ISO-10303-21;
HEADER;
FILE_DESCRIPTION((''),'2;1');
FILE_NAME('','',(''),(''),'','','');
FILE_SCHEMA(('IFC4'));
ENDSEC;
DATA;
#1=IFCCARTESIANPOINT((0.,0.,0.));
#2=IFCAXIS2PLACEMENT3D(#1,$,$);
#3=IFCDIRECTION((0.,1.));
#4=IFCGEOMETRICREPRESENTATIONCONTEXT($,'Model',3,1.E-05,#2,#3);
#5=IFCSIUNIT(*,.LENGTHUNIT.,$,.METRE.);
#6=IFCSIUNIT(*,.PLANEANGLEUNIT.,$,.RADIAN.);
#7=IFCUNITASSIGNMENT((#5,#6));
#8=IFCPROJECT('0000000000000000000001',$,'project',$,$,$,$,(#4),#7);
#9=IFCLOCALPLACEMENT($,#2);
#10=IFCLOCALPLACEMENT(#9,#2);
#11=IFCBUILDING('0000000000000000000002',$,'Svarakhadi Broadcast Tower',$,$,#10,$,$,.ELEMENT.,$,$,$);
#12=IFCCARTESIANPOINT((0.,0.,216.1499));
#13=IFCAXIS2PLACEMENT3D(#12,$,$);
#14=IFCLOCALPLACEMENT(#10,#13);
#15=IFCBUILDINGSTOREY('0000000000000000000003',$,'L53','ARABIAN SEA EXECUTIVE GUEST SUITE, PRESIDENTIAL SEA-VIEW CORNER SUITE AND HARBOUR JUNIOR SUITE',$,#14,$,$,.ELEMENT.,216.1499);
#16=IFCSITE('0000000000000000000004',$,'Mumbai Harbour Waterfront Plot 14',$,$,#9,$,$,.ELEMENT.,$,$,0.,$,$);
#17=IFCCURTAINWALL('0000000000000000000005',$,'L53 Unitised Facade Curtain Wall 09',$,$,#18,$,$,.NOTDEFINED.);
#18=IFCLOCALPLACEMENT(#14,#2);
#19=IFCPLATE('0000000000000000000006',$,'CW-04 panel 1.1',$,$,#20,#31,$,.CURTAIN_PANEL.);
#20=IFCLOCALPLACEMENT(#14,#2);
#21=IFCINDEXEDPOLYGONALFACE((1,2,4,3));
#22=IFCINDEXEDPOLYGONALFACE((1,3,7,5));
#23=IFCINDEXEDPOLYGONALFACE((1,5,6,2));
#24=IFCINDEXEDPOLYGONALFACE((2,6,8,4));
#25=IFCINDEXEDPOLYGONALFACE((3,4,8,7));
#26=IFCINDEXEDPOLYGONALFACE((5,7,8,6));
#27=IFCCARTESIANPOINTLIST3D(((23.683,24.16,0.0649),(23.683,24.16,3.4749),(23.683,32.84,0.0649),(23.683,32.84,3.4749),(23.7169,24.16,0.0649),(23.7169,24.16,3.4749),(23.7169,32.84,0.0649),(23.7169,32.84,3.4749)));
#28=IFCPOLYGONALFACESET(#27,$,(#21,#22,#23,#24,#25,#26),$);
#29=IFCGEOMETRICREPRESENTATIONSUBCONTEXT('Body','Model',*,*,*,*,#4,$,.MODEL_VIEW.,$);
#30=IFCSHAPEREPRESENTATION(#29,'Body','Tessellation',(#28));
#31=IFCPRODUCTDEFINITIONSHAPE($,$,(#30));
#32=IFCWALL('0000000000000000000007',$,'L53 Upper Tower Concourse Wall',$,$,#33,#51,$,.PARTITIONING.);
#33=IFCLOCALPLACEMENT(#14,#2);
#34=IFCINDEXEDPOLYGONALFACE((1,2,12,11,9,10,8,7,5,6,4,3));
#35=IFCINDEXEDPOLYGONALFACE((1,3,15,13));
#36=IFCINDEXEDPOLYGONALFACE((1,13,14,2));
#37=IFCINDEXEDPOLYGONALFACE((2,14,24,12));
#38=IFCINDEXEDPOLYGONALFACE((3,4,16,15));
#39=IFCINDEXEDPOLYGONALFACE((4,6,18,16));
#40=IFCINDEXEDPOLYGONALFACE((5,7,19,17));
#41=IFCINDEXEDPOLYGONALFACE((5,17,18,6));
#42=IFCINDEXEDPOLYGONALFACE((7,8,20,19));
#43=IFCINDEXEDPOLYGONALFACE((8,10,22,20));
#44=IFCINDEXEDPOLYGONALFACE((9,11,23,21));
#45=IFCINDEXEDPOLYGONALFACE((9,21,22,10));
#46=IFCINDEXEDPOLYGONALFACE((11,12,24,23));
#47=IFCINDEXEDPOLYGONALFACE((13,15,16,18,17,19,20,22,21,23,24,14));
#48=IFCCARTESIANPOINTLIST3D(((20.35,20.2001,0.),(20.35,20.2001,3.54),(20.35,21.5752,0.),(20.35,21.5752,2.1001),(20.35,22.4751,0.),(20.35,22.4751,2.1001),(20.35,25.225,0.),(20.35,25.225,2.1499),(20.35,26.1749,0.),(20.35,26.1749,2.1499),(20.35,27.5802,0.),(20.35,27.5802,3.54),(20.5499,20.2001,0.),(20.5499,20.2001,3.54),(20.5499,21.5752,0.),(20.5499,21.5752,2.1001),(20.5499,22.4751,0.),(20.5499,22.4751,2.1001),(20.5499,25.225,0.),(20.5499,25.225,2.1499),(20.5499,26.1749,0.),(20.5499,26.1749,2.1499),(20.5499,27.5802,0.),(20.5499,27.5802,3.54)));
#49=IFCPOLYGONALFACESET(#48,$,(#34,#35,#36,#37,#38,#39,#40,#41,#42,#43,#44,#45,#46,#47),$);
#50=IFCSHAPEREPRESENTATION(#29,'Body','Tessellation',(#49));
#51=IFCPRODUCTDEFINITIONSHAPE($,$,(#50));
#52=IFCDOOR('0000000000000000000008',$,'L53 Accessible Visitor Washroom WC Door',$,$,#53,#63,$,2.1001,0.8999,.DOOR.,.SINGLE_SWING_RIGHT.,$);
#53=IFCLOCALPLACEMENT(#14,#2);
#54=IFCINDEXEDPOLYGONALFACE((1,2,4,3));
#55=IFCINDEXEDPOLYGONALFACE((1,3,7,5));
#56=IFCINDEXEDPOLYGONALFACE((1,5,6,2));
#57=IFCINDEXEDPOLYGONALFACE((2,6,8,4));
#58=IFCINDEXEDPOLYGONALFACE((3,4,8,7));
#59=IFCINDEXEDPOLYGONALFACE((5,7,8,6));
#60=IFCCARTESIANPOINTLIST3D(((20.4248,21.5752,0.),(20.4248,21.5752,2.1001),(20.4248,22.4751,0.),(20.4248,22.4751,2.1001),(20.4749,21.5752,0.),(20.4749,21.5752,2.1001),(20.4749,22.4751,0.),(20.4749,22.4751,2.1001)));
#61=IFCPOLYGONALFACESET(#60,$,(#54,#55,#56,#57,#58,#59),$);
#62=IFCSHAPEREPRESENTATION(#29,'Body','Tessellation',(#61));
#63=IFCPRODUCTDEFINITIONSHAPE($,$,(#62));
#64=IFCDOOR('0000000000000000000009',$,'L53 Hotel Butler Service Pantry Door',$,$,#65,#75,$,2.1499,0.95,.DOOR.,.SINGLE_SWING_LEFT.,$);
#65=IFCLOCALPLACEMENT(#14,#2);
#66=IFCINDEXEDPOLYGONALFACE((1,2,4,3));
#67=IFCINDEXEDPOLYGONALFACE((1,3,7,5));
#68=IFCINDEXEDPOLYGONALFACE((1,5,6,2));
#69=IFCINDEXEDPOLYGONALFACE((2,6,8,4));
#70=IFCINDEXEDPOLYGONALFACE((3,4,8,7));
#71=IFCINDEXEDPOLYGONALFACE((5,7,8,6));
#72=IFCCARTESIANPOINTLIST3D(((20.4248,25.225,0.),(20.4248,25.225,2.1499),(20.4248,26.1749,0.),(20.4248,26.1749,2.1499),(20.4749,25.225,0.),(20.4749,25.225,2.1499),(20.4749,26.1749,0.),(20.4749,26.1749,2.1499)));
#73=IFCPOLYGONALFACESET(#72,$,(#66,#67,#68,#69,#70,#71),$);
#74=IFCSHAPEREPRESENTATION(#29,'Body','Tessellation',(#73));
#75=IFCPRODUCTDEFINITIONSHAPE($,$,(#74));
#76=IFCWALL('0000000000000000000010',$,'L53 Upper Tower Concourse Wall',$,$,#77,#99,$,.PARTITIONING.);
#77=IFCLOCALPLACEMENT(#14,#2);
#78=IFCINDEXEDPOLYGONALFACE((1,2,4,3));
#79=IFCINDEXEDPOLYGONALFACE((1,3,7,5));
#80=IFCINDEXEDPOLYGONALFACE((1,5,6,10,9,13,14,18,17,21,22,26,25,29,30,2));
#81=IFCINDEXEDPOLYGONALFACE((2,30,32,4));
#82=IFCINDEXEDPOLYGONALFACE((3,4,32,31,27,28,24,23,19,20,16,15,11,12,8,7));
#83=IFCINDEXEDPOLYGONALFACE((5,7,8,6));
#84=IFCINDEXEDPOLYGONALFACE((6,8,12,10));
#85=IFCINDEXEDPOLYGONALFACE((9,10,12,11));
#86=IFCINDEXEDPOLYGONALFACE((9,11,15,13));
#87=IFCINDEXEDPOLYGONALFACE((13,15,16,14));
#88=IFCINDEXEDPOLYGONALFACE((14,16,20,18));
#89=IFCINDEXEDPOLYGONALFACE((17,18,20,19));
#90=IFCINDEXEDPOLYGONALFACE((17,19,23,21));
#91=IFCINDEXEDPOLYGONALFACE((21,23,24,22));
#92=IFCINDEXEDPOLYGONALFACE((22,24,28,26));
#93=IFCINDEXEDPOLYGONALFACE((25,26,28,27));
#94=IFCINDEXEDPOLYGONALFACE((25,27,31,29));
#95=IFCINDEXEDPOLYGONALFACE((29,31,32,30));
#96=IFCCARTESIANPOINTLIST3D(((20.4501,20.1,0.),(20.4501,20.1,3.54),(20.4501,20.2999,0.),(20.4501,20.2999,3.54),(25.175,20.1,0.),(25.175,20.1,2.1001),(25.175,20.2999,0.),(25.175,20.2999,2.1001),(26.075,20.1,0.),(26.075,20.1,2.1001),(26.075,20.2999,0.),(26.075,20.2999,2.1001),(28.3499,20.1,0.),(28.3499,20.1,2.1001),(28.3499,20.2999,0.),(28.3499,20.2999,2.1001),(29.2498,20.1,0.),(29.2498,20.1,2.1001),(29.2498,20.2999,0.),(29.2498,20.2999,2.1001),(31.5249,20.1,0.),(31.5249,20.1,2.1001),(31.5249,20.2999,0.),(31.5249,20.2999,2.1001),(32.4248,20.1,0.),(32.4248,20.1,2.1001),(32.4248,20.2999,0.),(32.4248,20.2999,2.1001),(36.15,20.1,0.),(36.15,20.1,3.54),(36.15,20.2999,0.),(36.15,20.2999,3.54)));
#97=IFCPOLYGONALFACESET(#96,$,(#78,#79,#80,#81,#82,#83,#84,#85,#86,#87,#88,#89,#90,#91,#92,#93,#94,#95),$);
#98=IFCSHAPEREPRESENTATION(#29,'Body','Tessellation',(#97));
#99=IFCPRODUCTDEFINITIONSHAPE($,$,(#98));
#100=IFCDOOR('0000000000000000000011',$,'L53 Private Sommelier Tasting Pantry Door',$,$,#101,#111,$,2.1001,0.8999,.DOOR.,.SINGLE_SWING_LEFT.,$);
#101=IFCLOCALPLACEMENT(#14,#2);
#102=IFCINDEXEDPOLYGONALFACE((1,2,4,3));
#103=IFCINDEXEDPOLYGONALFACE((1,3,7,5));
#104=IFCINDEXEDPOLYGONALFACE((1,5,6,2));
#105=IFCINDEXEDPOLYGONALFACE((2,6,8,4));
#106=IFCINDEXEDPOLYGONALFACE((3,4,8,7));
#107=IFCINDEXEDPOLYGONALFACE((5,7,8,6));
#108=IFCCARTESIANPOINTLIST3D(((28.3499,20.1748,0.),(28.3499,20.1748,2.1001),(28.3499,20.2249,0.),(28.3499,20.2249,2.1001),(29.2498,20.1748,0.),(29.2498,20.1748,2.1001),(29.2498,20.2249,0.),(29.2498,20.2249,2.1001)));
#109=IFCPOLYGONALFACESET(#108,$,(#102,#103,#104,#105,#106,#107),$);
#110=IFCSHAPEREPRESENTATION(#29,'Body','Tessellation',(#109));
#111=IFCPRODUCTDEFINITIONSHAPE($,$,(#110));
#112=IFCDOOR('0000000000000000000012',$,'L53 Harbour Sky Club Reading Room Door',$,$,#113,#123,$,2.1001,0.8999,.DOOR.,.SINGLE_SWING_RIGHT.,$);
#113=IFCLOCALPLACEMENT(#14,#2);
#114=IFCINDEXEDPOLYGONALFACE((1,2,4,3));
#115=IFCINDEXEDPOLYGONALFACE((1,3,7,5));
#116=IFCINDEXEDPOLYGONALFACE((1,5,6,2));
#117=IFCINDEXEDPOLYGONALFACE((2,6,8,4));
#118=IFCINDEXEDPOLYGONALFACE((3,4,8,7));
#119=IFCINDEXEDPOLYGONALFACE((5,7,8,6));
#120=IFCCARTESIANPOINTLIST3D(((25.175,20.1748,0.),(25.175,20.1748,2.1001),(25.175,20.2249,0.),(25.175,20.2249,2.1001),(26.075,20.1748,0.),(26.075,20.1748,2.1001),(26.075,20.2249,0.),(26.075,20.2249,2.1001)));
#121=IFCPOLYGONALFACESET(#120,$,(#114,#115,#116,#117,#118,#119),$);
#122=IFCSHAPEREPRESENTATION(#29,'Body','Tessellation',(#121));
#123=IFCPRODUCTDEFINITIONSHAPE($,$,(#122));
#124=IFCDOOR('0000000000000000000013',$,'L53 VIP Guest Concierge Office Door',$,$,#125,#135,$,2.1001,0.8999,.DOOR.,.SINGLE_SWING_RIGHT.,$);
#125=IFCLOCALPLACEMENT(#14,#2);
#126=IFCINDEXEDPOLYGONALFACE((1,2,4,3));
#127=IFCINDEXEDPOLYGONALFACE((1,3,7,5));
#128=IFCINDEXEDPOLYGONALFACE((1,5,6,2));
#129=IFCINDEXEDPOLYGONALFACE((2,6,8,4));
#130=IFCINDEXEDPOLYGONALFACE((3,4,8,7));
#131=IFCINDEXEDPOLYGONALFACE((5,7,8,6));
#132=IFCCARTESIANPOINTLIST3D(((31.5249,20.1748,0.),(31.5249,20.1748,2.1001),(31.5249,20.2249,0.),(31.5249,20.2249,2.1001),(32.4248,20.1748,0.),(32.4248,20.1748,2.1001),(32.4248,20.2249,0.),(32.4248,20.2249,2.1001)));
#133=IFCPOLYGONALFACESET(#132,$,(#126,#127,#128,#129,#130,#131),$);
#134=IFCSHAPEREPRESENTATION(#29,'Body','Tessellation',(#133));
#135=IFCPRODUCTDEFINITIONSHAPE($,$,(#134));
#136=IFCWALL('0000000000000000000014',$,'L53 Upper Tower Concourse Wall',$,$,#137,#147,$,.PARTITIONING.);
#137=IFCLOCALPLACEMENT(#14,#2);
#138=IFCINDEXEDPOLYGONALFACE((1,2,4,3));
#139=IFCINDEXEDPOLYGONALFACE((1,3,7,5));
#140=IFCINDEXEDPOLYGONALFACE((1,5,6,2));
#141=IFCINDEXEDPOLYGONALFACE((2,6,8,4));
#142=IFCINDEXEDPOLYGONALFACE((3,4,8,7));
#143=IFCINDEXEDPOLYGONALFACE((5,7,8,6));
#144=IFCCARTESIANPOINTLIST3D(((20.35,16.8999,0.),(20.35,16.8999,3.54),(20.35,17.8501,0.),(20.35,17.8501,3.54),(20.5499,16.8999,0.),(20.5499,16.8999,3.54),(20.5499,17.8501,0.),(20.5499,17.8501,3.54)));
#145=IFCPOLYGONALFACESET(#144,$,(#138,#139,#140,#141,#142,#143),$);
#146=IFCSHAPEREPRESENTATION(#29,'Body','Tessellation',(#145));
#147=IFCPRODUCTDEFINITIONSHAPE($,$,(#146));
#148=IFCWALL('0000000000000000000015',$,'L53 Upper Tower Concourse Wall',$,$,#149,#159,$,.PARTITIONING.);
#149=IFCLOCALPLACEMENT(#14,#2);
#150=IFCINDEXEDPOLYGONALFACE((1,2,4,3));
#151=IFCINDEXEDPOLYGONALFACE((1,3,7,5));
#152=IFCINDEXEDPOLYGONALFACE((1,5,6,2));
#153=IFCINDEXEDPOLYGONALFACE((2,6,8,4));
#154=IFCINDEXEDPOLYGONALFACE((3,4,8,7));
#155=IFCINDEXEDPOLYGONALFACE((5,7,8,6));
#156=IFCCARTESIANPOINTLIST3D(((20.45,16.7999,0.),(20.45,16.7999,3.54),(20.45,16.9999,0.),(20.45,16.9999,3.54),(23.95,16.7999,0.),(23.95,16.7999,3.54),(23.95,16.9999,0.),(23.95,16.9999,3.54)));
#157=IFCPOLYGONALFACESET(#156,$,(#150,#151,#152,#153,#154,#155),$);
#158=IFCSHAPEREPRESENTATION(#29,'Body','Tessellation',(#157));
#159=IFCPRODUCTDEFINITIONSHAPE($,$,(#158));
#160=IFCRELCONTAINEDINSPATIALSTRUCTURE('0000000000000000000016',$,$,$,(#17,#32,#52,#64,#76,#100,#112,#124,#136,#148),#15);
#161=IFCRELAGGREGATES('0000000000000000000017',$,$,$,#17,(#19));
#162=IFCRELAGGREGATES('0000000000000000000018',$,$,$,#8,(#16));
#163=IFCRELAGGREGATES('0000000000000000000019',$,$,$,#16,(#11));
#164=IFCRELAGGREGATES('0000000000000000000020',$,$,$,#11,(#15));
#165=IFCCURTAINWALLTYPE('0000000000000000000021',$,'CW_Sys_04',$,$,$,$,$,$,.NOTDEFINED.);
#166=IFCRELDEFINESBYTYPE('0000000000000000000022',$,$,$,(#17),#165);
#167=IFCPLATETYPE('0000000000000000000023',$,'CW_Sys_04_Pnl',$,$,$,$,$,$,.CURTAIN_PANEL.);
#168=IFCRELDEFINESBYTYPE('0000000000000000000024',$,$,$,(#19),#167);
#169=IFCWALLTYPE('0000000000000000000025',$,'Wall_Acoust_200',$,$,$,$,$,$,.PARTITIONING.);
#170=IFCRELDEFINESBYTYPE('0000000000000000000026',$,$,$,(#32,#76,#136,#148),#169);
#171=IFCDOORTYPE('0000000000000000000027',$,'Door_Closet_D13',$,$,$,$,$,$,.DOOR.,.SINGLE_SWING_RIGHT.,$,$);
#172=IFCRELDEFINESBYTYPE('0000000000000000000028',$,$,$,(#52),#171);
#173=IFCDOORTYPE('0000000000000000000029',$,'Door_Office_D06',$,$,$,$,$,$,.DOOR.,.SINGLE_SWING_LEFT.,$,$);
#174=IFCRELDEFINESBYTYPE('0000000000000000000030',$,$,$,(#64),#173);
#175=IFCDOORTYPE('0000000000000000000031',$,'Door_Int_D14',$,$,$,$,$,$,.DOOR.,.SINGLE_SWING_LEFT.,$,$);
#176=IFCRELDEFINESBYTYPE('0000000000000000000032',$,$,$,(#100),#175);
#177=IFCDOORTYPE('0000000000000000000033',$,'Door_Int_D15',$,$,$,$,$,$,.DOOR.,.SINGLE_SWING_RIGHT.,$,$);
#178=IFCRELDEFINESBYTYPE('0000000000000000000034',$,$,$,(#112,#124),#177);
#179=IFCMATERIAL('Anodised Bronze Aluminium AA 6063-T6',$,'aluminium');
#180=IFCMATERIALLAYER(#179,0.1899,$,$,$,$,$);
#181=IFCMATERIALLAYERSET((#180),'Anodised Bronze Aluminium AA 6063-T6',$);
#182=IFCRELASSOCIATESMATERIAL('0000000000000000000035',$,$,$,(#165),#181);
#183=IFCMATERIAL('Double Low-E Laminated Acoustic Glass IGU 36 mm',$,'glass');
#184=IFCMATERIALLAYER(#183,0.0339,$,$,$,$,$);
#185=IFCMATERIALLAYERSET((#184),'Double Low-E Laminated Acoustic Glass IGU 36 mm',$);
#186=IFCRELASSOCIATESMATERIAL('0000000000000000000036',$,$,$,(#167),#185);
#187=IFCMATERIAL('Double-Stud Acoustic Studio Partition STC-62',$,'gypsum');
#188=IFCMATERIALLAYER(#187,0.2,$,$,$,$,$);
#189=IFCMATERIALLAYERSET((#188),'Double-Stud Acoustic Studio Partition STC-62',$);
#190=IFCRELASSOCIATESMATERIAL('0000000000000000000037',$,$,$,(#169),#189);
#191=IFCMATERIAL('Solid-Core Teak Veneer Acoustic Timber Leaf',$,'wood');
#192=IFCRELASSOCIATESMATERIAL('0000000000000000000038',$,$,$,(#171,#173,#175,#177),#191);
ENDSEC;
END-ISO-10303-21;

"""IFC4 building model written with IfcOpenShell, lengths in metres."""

from ifc_helpers import new_model, si_unit, direction, frame, frame_2d, origin, origin_2d, place, context, subcontext, project, spatial, rectangle, extrude, material, layer, layer_set, type_object, element, fill, aggregate, save


model = new_model("IFC4")

# Units and contexts
model_context = context("Model", 3, precision=1e-05, world=origin(), true_north=direction((0.0, 1.0)))
body_context = subcontext(model_context, "Body", "Model", "MODEL_VIEW")
ifc_project = project(units=[si_unit("LENGTHUNIT", "METRE"), si_unit("PLANEANGLEUNIT", "RADIAN")], contexts=[model_context])

# Site, building, storey
site_placement = place(None, origin())
site = spatial("IfcSite", under=ifc_project, at=site_placement, Name="Mumbai Harbour Waterfront Plot 14", CompositionType="ELEMENT", RefElevation=0.0)
building_placement = place(site_placement, origin())
building = spatial("IfcBuilding", under=site, at=building_placement, Name="Svarakhadi Broadcast Tower", CompositionType="ELEMENT")
storey_placement = place(building_placement, frame((0.0, 0.0, 216.1499)))
storey = spatial("IfcBuildingStorey", under=building, at=storey_placement, Name="L53", Description="ARABIAN SEA EXECUTIVE GUEST SUITE, PRESIDENTIAL SEA-VIEW CORNER SUITE AND HARBOUR JUNIOR SUITE", CompositionType="ELEMENT", Elevation=216.1499)

# Curtain wall
ifc_material_1 = material(Name="Anodised Bronze Aluminium AA 6063-T6", Category="aluminium")
ifc_layer_1 = layer(ifc_material_1, 0.1899)
ifc_layer_set_1 = layer_set([ifc_layer_1], Name="Anodised Bronze Aluminium AA 6063-T6")
curtain_wall_type = type_object("IfcCurtainWallType", Name="CW_Sys_04", PredefinedType="NOTDEFINED", material=ifc_layer_set_1)
curtain_wall_1_placement = place(storey_placement, origin())
curtain_wall_1 = element("IfcCurtainWall", 1, at=curtain_wall_1_placement, inside=storey, type_object=curtain_wall_type, Name="L53 Unitised Facade Curtain Wall 09", PredefinedType="NOTDEFINED")

# Plate
ifc_material_2 = material(Name="Double Low-E Laminated Acoustic Glass IGU 36 mm", Category="glass")
ifc_layer_2 = layer(ifc_material_2, 0.0339)
ifc_layer_set_2 = layer_set([ifc_layer_2], Name="Double Low-E Laminated Acoustic Glass IGU 36 mm")
plate_type = type_object("IfcPlateType", Name="CW_Sys_04_Pnl", PredefinedType="CURTAIN_PANEL", material=ifc_layer_set_2)
plate_placement = place(storey_placement, frame((23.7, 28.5, 0.0649), z_axis=(0.0, 0.0, 1.0), x_axis=(0.0, -1.0, 0.0)))
plate = element("IfcPlate", 2, at=plate_placement, type_object=plate_type, Name="CW-04 panel 1.1", PredefinedType="CURTAIN_PANEL", context=body_context, shape_type="SweptSolid", body=[
    extrude(rectangle(XDim=8.6799, YDim=0.0339, at=origin_2d()), origin(), (0.0, 0.0, 1.0), 3.4099),
])
aggregate(curtain_wall_1, [plate])

# Walls, openings, doors
ifc_material_3 = material(Name="Double-Stud Acoustic Studio Partition STC-62", Category="gypsum")
ifc_layer_3 = layer(ifc_material_3, 0.2)
ifc_layer_set_3 = layer_set([ifc_layer_3], Name="Double-Stud Acoustic Studio Partition STC-62")
wall_type_1 = type_object("IfcWallType", Name="Wall_Acoust_200", PredefinedType="PARTITIONING", material=ifc_layer_set_3)
wall_1_placement = place(storey_placement, frame((20.45, 27.5801, 0.0), z_axis=(0.0, 0.0, 1.0), x_axis=(0.0, -1.0, 0.0)))
wall_1 = element("IfcWall", 3, at=wall_1_placement, inside=storey, type_object=wall_type_1, Name="L53 Upper Tower Concourse Wall", PredefinedType="PARTITIONING", context=body_context, shape_type="SweptSolid", body=[
    extrude(rectangle(XDim=7.3801, YDim=0.2, at=frame_2d((3.6899, 0.0))), origin(), (0.0, 0.0, 1.0), 3.54),
])
opening_1_placement = place(wall_1_placement, frame((5.105, 0.0, 0.0)))
opening_1 = element("IfcOpeningElement", 4, at=opening_1_placement, cuts=wall_1, PredefinedType="OPENING", context=body_context, shape_type="SweptSolid", body=[
    extrude(rectangle(XDim=0.8999, YDim=2.1001, at=frame_2d((0.45, 1.05))), frame((0.0, 0.1099, 0.0), z_axis=(0.0, -1.0, 0.0), x_axis=(1.0, 0.0, 0.0)), (0.0, 0.0, 1.0), 0.22),
])
opening_2_placement = place(wall_1_placement, frame((1.405, 0.0, 0.0)))
opening_2 = element("IfcOpeningElement", 5, at=opening_2_placement, cuts=wall_1, PredefinedType="OPENING", context=body_context, shape_type="SweptSolid", body=[
    extrude(rectangle(XDim=0.95, YDim=2.1499, at=frame_2d((0.4751, 1.075))), frame((0.0, 0.1099, 0.0), z_axis=(0.0, -1.0, 0.0), x_axis=(1.0, 0.0, 0.0)), (0.0, 0.0, 1.0), 0.22),
])
ifc_material_4 = material(Name="Solid-Core Teak Veneer Acoustic Timber Leaf", Category="wood")
door_type_1 = type_object("IfcDoorType", Name="Door_Closet_D13", OperationType="SINGLE_SWING_RIGHT", PredefinedType="DOOR", material=ifc_material_4)
door_1_placement = place(opening_1_placement, origin())
door_1 = element("IfcDoor", 6, at=door_1_placement, inside=storey, type_object=door_type_1, Name="L53 Accessible Visitor Washroom WC Door", OperationType="SINGLE_SWING_RIGHT", OverallHeight=2.1001, OverallWidth=0.8999, PredefinedType="DOOR", context=body_context, shape_type="SweptSolid", body=[
    extrude(rectangle(XDim=0.8999, YDim=2.1001, at=frame_2d((0.45, 1.05))), frame((0.0, 0.0249, 0.0), z_axis=(0.0, -1.0, 0.0), x_axis=(1.0, 0.0, 0.0)), (0.0, 0.0, 1.0), 0.05),
])
fill(opening_1, door_1)
door_type_2 = type_object("IfcDoorType", Name="Door_Office_D06", OperationType="SINGLE_SWING_LEFT", PredefinedType="DOOR", material=ifc_material_4)
door_2_placement = place(opening_2_placement, origin())
door_2 = element("IfcDoor", 7, at=door_2_placement, inside=storey, type_object=door_type_2, Name="L53 Hotel Butler Service Pantry Door", OperationType="SINGLE_SWING_LEFT", OverallHeight=2.1499, OverallWidth=0.95, PredefinedType="DOOR", context=body_context, shape_type="SweptSolid", body=[
    extrude(rectangle(XDim=0.95, YDim=2.1499, at=frame_2d((0.4751, 1.075))), frame((0.0, 0.0249, 0.0), z_axis=(0.0, -1.0, 0.0), x_axis=(1.0, 0.0, 0.0)), (0.0, 0.0, 1.0), 0.05),
])
fill(opening_2, door_2)
wall_2_placement = place(storey_placement, frame((20.45, 20.2, 0.0), z_axis=(0.0, 0.0, 1.0), x_axis=(1.0, 0.0, 0.0)))
wall_2 = element("IfcWall", 8, at=wall_2_placement, inside=storey, type_object=wall_type_1, Name="L53 Upper Tower Concourse Wall", PredefinedType="PARTITIONING", context=body_context, shape_type="SweptSolid", body=[
    extrude(rectangle(XDim=15.7, YDim=0.2, at=frame_2d((7.8501, 0.0))), origin(), (0.0, 0.0, 1.0), 3.54),
])
opening_3_placement = place(wall_2_placement, frame((4.7251, 0.0, 0.0)))
opening_3 = element("IfcOpeningElement", 9, at=opening_3_placement, cuts=wall_2, PredefinedType="OPENING", context=body_context, shape_type="SweptSolid", body=[
    extrude(rectangle(XDim=0.8999, YDim=2.1001, at=frame_2d((0.45, 1.05))), frame((0.0, 0.1099, 0.0), z_axis=(0.0, -1.0, 0.0), x_axis=(1.0, 0.0, 0.0)), (0.0, 0.0, 1.0), 0.22),
])
opening_4_placement = place(wall_2_placement, frame((7.8999, 0.0, 0.0)))
opening_4 = element("IfcOpeningElement", 10, at=opening_4_placement, cuts=wall_2, PredefinedType="OPENING", context=body_context, shape_type="SweptSolid", body=[
    extrude(rectangle(XDim=0.8999, YDim=2.1001, at=frame_2d((0.45, 1.05))), frame((0.0, 0.1099, 0.0), z_axis=(0.0, -1.0, 0.0), x_axis=(1.0, 0.0, 0.0)), (0.0, 0.0, 1.0), 0.22),
])
opening_5_placement = place(wall_2_placement, frame((11.075, 0.0, 0.0)))
opening_5 = element("IfcOpeningElement", 11, at=opening_5_placement, cuts=wall_2, PredefinedType="OPENING", context=body_context, shape_type="SweptSolid", body=[
    extrude(rectangle(XDim=0.8999, YDim=2.1001, at=frame_2d((0.45, 1.05))), frame((0.0, 0.1099, 0.0), z_axis=(0.0, -1.0, 0.0), x_axis=(1.0, 0.0, 0.0)), (0.0, 0.0, 1.0), 0.22),
])
door_type_3 = type_object("IfcDoorType", Name="Door_Int_D14", OperationType="SINGLE_SWING_LEFT", PredefinedType="DOOR", material=ifc_material_4)
door_3_placement = place(opening_4_placement, origin())
door_3 = element("IfcDoor", 12, at=door_3_placement, inside=storey, type_object=door_type_3, Name="L53 Private Sommelier Tasting Pantry Door", OperationType="SINGLE_SWING_LEFT", OverallHeight=2.1001, OverallWidth=0.8999, PredefinedType="DOOR", context=body_context, shape_type="SweptSolid", body=[
    extrude(rectangle(XDim=0.8999, YDim=2.1001, at=frame_2d((0.45, 1.05))), frame((0.0, 0.0249, 0.0), z_axis=(0.0, -1.0, 0.0), x_axis=(1.0, 0.0, 0.0)), (0.0, 0.0, 1.0), 0.05),
])
fill(opening_4, door_3)
door_type_4 = type_object("IfcDoorType", Name="Door_Int_D15", OperationType="SINGLE_SWING_RIGHT", PredefinedType="DOOR", material=ifc_material_4)
door_4_placement = place(opening_3_placement, origin())
door_4 = element("IfcDoor", 13, at=door_4_placement, inside=storey, type_object=door_type_4, Name="L53 Harbour Sky Club Reading Room Door", OperationType="SINGLE_SWING_RIGHT", OverallHeight=2.1001, OverallWidth=0.8999, PredefinedType="DOOR", context=body_context, shape_type="SweptSolid", body=[
    extrude(rectangle(XDim=0.8999, YDim=2.1001, at=frame_2d((0.45, 1.05))), frame((0.0, 0.0249, 0.0), z_axis=(0.0, -1.0, 0.0), x_axis=(1.0, 0.0, 0.0)), (0.0, 0.0, 1.0), 0.05),
])
fill(opening_3, door_4)
door_5_placement = place(opening_5_placement, origin())
door_5 = element("IfcDoor", 14, at=door_5_placement, inside=storey, type_object=door_type_4, Name="L53 VIP Guest Concierge Office Door", OperationType="SINGLE_SWING_RIGHT", OverallHeight=2.1001, OverallWidth=0.8999, PredefinedType="DOOR", context=body_context, shape_type="SweptSolid", body=[
    extrude(rectangle(XDim=0.8999, YDim=2.1001, at=frame_2d((0.45, 1.05))), frame((0.0, 0.0249, 0.0), z_axis=(0.0, -1.0, 0.0), x_axis=(1.0, 0.0, 0.0)), (0.0, 0.0, 1.0), 0.05),
])
fill(opening_5, door_5)

# Walls
wall_3_placement = place(storey_placement, frame((20.45, 17.8501, 0.0), z_axis=(0.0, 0.0, 1.0), x_axis=(0.0, -1.0, 0.0)))
element("IfcWall", 15, at=wall_3_placement, inside=storey, type_object=wall_type_1, Name="L53 Upper Tower Concourse Wall", PredefinedType="PARTITIONING", context=body_context, shape_type="SweptSolid", body=[
    extrude(rectangle(XDim=0.9502, YDim=0.2, at=frame_2d((0.4751, 0.0))), origin(), (0.0, 0.0, 1.0), 3.54),
])
wall_4_placement = place(storey_placement, frame((20.45, 16.8999, 0.0), z_axis=(0.0, 0.0, 1.0), x_axis=(1.0, 0.0, 0.0)))
element("IfcWall", 16, at=wall_4_placement, inside=storey, type_object=wall_type_1, Name="L53 Upper Tower Concourse Wall", PredefinedType="PARTITIONING", context=body_context, shape_type="SweptSolid", body=[
    extrude(rectangle(XDim=3.5, YDim=0.2, at=frame_2d((1.75, 0.0))), origin(), (0.0, 0.0, 1.0), 3.54),
])

save(model, "model.ifc")
